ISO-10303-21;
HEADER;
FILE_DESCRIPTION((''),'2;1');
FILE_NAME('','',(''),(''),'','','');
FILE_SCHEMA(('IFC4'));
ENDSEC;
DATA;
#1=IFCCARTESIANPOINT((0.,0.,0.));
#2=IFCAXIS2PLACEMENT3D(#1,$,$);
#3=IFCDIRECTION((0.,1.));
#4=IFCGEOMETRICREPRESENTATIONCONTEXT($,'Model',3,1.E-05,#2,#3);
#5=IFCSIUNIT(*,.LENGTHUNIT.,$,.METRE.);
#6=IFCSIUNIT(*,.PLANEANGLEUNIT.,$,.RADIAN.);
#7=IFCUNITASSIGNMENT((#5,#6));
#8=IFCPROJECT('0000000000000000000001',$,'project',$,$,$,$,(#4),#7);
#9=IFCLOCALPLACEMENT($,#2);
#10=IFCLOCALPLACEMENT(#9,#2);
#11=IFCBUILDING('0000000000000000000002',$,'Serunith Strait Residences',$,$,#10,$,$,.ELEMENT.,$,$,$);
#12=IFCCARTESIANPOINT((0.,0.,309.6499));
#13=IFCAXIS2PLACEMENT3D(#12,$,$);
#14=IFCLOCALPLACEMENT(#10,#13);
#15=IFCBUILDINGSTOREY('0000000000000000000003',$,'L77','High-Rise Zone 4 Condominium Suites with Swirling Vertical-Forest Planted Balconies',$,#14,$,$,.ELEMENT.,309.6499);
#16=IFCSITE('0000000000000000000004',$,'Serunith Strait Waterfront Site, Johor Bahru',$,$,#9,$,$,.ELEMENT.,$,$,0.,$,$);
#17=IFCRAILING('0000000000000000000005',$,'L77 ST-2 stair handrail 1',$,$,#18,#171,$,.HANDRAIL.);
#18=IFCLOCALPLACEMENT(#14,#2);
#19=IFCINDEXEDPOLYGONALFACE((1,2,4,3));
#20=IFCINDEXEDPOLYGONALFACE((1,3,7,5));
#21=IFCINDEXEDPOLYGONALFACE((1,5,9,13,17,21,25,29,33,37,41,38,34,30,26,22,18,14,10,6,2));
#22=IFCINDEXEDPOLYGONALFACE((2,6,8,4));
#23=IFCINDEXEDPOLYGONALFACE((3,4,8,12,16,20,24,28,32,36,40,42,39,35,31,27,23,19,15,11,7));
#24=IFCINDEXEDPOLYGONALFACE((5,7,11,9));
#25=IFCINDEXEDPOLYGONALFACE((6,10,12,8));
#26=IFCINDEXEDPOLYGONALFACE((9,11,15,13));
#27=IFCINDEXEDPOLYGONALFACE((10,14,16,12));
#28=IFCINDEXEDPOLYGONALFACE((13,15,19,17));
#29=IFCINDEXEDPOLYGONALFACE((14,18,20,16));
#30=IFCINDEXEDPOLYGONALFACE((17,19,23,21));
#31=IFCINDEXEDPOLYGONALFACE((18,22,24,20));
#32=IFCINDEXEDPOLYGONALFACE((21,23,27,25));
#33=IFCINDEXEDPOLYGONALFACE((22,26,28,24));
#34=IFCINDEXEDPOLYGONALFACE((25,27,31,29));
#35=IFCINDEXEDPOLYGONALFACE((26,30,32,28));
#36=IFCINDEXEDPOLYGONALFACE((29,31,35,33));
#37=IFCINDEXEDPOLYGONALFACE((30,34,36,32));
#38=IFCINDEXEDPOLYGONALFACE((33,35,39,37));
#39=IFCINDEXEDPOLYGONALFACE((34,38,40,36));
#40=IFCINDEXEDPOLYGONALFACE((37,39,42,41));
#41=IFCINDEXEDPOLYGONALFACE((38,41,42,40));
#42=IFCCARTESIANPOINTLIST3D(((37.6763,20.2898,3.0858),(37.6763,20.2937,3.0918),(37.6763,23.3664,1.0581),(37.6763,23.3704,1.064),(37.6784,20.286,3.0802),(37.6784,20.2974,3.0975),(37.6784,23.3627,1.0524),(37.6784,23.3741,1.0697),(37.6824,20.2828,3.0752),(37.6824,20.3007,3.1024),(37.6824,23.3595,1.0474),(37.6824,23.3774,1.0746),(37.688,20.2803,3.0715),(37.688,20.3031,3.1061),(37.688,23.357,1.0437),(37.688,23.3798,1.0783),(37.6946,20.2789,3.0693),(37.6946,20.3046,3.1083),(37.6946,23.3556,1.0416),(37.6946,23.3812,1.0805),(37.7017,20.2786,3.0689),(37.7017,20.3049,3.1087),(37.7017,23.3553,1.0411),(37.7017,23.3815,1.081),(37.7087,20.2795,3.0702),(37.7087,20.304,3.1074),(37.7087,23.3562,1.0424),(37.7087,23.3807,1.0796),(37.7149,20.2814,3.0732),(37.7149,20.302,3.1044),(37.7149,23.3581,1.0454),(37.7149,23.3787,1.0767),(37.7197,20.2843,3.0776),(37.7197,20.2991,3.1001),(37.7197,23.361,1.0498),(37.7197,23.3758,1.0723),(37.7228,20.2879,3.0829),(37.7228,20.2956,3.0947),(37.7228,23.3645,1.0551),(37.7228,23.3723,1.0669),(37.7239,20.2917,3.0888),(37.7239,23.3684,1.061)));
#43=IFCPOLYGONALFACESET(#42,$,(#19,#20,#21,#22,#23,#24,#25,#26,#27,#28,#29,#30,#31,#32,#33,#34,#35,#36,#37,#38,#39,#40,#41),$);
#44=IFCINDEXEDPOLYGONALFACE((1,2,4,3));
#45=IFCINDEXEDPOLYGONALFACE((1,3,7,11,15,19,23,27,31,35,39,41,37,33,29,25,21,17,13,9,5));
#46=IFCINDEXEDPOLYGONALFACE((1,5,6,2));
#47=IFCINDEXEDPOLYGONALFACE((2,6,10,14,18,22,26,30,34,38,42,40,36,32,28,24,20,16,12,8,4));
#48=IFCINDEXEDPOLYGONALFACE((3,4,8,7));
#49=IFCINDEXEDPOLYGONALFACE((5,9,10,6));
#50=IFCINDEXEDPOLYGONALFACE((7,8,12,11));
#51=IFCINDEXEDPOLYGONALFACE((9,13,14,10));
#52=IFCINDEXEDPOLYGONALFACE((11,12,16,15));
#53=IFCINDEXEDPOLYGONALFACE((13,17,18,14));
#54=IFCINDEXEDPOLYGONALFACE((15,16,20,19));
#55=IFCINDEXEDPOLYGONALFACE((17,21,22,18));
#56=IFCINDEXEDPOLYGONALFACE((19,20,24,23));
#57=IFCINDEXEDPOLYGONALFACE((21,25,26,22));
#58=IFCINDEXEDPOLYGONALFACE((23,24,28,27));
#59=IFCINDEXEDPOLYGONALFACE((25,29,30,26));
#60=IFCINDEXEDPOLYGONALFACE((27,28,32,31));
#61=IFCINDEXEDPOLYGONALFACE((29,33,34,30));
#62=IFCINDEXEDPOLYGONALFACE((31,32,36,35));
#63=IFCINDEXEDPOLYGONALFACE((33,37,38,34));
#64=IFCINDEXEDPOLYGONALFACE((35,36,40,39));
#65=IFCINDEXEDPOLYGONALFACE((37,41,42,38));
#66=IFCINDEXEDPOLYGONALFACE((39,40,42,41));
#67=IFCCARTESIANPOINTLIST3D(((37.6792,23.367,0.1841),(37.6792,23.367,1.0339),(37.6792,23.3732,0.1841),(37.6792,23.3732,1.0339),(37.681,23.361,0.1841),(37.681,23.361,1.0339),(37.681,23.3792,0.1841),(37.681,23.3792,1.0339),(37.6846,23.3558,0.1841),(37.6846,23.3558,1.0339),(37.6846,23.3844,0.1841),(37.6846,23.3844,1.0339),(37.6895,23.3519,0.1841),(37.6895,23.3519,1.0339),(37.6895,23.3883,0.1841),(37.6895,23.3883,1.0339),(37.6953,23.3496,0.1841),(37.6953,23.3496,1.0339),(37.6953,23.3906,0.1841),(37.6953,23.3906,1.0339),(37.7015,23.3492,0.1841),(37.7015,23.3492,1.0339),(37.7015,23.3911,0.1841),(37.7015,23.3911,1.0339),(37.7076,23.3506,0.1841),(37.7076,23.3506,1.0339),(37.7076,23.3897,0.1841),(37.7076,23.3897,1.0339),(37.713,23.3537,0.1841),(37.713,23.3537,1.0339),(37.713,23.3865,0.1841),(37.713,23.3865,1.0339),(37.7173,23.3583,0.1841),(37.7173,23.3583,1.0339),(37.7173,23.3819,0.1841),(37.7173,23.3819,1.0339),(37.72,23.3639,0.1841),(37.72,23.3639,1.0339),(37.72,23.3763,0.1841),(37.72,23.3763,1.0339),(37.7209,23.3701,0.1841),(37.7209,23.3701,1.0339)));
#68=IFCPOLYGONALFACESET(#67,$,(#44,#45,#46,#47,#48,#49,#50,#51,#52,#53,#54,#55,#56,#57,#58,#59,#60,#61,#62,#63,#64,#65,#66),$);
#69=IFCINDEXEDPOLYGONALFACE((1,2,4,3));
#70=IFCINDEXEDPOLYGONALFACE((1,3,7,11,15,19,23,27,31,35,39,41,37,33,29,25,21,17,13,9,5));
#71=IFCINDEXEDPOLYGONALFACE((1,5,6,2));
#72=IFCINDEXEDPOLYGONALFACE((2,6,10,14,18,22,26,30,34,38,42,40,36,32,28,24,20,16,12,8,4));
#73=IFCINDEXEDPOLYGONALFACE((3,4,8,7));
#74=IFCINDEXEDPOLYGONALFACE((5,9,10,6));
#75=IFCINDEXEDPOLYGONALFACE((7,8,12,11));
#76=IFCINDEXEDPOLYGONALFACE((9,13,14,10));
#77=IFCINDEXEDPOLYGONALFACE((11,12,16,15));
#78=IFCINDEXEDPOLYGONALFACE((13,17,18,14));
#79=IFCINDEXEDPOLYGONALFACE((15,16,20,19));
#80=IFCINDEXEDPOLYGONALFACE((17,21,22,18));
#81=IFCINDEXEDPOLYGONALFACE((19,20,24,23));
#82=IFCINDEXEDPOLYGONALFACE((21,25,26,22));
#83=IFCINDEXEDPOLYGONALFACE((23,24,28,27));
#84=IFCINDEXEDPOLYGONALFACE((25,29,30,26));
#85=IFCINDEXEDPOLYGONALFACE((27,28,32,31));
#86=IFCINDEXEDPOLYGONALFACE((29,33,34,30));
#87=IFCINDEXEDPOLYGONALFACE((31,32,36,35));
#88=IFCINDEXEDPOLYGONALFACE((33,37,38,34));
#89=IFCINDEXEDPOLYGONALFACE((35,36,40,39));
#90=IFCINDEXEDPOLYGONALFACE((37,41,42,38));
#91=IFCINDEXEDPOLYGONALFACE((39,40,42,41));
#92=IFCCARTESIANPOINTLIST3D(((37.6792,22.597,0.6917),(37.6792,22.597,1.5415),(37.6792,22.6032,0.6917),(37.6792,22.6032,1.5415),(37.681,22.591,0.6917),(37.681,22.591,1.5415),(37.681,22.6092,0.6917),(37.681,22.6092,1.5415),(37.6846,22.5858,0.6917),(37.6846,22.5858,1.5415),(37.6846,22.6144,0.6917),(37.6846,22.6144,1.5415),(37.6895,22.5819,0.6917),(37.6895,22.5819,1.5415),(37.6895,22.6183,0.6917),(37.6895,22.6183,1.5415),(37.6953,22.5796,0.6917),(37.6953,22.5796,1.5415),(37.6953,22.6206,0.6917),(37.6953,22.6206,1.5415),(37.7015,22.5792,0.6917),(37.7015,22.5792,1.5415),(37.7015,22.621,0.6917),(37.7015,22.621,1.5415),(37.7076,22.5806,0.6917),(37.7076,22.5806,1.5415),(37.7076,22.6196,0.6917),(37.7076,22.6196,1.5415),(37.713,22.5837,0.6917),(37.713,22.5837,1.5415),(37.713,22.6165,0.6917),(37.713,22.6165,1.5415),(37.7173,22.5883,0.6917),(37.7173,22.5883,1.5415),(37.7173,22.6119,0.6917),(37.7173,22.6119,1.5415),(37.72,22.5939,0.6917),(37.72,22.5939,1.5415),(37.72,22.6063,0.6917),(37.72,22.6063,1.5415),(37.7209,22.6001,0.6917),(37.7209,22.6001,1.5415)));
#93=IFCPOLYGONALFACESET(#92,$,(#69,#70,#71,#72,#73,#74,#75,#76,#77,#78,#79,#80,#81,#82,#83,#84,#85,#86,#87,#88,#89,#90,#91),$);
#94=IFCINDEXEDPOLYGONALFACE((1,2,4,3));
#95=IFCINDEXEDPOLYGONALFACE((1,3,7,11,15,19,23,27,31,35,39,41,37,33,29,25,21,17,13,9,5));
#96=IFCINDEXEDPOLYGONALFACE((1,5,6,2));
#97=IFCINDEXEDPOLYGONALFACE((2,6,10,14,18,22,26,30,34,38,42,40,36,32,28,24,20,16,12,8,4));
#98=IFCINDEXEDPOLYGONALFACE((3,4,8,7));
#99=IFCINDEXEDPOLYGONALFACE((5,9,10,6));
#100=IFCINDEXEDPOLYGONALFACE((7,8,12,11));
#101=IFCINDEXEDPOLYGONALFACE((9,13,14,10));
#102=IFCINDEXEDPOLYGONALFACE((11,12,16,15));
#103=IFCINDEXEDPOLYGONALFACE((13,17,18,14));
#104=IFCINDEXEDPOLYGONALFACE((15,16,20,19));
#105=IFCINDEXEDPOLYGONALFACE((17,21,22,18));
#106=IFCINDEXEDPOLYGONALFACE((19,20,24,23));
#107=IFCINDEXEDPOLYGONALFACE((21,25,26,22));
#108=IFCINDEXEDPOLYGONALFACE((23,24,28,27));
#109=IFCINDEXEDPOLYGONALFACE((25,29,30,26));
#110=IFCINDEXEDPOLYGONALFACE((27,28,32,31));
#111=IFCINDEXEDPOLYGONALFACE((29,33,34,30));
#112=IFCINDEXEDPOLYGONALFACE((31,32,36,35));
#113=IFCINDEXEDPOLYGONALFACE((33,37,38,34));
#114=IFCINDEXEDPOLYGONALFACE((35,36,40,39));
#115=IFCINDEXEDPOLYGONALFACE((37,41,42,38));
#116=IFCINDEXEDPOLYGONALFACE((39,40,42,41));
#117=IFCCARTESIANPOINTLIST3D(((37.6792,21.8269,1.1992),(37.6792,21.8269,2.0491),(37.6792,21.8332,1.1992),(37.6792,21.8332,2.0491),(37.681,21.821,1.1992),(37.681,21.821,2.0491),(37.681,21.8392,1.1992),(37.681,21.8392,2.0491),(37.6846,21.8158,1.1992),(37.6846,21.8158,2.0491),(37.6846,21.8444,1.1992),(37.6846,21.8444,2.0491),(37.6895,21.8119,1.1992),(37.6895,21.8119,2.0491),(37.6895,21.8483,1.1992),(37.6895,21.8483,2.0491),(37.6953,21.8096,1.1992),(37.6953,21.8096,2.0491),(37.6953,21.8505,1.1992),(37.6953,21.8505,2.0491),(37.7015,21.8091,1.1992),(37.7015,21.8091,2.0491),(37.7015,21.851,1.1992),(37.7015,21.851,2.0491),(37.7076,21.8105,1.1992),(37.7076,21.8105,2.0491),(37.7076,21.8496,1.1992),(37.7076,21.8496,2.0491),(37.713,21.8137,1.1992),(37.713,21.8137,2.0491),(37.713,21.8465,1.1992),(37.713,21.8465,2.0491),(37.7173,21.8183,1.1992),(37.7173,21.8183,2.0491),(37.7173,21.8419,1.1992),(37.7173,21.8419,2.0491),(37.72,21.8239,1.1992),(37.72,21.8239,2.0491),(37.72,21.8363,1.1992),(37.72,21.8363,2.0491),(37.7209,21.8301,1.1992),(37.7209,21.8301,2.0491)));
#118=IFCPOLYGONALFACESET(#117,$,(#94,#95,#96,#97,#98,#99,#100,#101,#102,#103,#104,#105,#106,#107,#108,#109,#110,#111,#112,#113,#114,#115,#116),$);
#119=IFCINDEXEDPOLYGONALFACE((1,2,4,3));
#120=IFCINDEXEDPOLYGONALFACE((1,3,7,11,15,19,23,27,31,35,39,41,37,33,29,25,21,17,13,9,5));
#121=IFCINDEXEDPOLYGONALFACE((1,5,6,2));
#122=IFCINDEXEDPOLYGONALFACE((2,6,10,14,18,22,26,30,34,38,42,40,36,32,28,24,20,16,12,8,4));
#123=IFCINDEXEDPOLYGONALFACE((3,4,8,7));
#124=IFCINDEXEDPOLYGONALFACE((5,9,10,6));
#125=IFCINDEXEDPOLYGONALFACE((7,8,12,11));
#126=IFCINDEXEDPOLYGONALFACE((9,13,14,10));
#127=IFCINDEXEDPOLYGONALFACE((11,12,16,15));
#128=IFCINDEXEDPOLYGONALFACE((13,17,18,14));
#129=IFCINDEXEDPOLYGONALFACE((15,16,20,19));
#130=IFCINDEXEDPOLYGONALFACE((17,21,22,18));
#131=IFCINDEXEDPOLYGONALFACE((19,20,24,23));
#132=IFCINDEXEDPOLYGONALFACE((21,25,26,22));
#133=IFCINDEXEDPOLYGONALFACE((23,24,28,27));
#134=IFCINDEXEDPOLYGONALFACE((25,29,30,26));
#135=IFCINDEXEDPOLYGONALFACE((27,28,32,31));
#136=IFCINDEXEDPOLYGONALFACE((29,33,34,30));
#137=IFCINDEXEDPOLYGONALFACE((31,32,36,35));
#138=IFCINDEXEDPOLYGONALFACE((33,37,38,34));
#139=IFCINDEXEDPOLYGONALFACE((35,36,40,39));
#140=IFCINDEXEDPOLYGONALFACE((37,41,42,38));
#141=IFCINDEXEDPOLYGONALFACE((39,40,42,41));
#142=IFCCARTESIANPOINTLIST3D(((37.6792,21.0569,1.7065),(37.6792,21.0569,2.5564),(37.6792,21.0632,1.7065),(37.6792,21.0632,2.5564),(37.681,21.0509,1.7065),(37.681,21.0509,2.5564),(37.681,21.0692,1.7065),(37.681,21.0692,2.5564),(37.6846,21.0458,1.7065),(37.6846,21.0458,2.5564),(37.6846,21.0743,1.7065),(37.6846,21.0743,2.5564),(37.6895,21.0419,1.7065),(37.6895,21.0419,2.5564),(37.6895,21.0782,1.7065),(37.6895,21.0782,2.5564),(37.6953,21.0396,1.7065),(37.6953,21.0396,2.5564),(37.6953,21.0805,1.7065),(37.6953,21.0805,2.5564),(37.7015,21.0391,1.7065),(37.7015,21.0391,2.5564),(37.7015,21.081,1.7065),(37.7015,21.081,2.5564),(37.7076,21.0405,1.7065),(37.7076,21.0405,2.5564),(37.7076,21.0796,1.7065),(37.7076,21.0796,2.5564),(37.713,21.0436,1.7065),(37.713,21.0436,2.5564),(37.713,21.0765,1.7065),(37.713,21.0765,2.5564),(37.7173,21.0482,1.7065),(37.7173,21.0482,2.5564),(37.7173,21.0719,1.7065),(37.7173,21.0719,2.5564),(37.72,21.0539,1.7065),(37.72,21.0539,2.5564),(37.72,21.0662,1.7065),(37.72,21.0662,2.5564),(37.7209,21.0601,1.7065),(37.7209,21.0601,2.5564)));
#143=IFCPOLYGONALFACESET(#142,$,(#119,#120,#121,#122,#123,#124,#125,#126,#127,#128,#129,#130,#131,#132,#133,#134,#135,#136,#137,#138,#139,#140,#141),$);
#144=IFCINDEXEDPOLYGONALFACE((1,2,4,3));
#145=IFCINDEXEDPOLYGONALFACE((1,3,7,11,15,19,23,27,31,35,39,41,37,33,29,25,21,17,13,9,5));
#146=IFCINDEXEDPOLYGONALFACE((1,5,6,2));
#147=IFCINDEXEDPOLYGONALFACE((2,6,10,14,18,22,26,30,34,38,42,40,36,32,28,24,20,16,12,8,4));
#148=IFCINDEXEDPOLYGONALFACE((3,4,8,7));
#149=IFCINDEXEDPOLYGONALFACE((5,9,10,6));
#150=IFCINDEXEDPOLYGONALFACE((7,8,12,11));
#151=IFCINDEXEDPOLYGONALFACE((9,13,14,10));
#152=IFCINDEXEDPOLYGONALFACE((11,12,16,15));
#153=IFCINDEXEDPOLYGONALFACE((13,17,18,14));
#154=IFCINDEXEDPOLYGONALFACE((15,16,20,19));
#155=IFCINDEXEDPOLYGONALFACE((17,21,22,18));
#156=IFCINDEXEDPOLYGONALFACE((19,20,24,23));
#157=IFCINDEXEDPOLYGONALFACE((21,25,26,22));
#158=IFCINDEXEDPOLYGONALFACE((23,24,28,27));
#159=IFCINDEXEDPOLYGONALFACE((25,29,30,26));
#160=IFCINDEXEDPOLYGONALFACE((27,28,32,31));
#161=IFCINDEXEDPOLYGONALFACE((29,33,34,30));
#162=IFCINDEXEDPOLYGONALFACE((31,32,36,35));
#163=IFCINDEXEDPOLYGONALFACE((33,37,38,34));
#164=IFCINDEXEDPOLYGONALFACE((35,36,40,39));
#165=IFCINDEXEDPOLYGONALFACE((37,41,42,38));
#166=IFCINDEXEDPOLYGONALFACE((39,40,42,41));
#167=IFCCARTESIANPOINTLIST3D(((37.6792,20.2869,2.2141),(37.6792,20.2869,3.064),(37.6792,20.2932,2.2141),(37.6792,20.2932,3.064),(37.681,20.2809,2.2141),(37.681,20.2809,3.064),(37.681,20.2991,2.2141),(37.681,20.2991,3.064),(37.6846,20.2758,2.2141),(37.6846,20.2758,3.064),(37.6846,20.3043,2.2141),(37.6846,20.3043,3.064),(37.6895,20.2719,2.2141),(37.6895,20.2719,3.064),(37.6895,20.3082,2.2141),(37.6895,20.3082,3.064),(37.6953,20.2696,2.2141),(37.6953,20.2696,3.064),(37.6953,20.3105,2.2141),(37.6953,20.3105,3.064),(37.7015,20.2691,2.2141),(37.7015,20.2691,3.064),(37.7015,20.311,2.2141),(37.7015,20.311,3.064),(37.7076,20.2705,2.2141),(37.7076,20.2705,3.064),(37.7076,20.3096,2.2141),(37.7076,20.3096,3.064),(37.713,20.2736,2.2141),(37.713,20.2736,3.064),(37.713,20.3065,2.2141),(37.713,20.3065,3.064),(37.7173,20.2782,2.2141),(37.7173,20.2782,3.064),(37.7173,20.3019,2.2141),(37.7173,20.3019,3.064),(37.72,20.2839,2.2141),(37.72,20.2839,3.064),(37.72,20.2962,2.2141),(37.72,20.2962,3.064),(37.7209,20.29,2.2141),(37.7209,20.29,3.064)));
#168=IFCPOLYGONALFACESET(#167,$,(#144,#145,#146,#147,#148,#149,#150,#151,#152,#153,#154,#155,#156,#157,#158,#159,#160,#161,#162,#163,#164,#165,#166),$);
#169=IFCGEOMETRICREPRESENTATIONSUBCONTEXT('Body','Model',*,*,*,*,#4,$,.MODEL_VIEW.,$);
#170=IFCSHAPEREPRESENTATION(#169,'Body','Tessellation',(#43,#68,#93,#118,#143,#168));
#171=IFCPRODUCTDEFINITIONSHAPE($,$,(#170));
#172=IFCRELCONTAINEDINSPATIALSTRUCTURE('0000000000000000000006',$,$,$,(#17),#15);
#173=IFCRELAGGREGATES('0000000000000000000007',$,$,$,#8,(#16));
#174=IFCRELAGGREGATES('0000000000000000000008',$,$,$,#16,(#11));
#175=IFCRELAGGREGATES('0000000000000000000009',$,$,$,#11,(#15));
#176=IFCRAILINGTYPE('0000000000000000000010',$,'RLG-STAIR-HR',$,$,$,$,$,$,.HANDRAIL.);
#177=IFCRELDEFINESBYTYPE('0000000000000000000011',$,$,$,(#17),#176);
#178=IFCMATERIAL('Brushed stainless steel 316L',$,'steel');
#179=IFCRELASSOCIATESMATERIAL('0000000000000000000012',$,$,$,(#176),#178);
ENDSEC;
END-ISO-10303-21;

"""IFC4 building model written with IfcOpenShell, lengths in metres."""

from ifc_helpers import new_model, si_unit, direction, frame, origin, origin_2d, place, context, subcontext, project, spatial, circle, extrude, material, type_object, element, save


model = new_model("IFC4")

# Units and contexts
model_context = context("Model", 3, precision=1e-05, world=origin(), true_north=direction((0.0, 1.0)))
body_context = subcontext(model_context, "Body", "Model", "MODEL_VIEW")
ifc_project = project(units=[si_unit("LENGTHUNIT", "METRE"), si_unit("PLANEANGLEUNIT", "RADIAN")], contexts=[model_context])

# Site, building, storey
site_placement = place(None, origin())
site = spatial("IfcSite", under=ifc_project, at=site_placement, Name="Serunith Strait Waterfront Site, Johor Bahru", CompositionType="ELEMENT", RefElevation=0.0)
building_placement = place(site_placement, origin())
building = spatial("IfcBuilding", under=site, at=building_placement, Name="Serunith Strait Residences", CompositionType="ELEMENT")
storey_placement = place(building_placement, frame((0.0, 0.0, 309.6499)))
storey = spatial("IfcBuildingStorey", under=building, at=storey_placement, Name="L77", Description="High-Rise Zone 4 Condominium Suites with Swirling Vertical-Forest Planted Balconies", CompositionType="ELEMENT", Elevation=309.6499)

# Railing
ifc_material_1 = material(Name="Brushed stainless steel 316L", Category="steel")
railing_type_1 = type_object("IfcRailingType", Name="RLG-STAIR-HR", PredefinedType="HANDRAIL", material=ifc_material_1)
railing_1_placement = place(storey_placement, frame((37.7, 23.3701, 0.1841)))
element("IfcRailing", 1, at=railing_1_placement, inside=storey, type_object=railing_type_1, Name="L77 ST-2 stair handrail 1", PredefinedType="HANDRAIL", context=body_context, shape_type="SweptSolid", body=[
    extrude(circle(Radius=0.0239, at=origin_2d()), frame((0.0, -0.0017, 0.877), z_axis=(0.0, -0.834961, 0.550309), x_axis=(1.0, 0.0, 0.0)), (0.0, 0.0, 1.0), 3.6848),
    extrude(circle(Radius=0.021, at=origin_2d()), origin(), (0.0, 0.0, 1.0), 0.8499),
    extrude(circle(Radius=0.021, at=origin_2d()), frame((0.0, -0.77, 0.5076)), (0.0, 0.0, 1.0), 0.8499),
    extrude(circle(Radius=0.021, at=origin_2d()), frame((0.0, -1.54, 1.0151)), (0.0, 0.0, 1.0), 0.8499),
    extrude(circle(Radius=0.021, at=origin_2d()), frame((0.0, -2.3101, 1.5225)), (0.0, 0.0, 1.0), 0.8499),
    extrude(circle(Radius=0.021, at=origin_2d()), frame((0.0, -3.0801, 2.03)), (0.0, 0.0, 1.0), 0.8499),
])

save(model, "model.ifc")
